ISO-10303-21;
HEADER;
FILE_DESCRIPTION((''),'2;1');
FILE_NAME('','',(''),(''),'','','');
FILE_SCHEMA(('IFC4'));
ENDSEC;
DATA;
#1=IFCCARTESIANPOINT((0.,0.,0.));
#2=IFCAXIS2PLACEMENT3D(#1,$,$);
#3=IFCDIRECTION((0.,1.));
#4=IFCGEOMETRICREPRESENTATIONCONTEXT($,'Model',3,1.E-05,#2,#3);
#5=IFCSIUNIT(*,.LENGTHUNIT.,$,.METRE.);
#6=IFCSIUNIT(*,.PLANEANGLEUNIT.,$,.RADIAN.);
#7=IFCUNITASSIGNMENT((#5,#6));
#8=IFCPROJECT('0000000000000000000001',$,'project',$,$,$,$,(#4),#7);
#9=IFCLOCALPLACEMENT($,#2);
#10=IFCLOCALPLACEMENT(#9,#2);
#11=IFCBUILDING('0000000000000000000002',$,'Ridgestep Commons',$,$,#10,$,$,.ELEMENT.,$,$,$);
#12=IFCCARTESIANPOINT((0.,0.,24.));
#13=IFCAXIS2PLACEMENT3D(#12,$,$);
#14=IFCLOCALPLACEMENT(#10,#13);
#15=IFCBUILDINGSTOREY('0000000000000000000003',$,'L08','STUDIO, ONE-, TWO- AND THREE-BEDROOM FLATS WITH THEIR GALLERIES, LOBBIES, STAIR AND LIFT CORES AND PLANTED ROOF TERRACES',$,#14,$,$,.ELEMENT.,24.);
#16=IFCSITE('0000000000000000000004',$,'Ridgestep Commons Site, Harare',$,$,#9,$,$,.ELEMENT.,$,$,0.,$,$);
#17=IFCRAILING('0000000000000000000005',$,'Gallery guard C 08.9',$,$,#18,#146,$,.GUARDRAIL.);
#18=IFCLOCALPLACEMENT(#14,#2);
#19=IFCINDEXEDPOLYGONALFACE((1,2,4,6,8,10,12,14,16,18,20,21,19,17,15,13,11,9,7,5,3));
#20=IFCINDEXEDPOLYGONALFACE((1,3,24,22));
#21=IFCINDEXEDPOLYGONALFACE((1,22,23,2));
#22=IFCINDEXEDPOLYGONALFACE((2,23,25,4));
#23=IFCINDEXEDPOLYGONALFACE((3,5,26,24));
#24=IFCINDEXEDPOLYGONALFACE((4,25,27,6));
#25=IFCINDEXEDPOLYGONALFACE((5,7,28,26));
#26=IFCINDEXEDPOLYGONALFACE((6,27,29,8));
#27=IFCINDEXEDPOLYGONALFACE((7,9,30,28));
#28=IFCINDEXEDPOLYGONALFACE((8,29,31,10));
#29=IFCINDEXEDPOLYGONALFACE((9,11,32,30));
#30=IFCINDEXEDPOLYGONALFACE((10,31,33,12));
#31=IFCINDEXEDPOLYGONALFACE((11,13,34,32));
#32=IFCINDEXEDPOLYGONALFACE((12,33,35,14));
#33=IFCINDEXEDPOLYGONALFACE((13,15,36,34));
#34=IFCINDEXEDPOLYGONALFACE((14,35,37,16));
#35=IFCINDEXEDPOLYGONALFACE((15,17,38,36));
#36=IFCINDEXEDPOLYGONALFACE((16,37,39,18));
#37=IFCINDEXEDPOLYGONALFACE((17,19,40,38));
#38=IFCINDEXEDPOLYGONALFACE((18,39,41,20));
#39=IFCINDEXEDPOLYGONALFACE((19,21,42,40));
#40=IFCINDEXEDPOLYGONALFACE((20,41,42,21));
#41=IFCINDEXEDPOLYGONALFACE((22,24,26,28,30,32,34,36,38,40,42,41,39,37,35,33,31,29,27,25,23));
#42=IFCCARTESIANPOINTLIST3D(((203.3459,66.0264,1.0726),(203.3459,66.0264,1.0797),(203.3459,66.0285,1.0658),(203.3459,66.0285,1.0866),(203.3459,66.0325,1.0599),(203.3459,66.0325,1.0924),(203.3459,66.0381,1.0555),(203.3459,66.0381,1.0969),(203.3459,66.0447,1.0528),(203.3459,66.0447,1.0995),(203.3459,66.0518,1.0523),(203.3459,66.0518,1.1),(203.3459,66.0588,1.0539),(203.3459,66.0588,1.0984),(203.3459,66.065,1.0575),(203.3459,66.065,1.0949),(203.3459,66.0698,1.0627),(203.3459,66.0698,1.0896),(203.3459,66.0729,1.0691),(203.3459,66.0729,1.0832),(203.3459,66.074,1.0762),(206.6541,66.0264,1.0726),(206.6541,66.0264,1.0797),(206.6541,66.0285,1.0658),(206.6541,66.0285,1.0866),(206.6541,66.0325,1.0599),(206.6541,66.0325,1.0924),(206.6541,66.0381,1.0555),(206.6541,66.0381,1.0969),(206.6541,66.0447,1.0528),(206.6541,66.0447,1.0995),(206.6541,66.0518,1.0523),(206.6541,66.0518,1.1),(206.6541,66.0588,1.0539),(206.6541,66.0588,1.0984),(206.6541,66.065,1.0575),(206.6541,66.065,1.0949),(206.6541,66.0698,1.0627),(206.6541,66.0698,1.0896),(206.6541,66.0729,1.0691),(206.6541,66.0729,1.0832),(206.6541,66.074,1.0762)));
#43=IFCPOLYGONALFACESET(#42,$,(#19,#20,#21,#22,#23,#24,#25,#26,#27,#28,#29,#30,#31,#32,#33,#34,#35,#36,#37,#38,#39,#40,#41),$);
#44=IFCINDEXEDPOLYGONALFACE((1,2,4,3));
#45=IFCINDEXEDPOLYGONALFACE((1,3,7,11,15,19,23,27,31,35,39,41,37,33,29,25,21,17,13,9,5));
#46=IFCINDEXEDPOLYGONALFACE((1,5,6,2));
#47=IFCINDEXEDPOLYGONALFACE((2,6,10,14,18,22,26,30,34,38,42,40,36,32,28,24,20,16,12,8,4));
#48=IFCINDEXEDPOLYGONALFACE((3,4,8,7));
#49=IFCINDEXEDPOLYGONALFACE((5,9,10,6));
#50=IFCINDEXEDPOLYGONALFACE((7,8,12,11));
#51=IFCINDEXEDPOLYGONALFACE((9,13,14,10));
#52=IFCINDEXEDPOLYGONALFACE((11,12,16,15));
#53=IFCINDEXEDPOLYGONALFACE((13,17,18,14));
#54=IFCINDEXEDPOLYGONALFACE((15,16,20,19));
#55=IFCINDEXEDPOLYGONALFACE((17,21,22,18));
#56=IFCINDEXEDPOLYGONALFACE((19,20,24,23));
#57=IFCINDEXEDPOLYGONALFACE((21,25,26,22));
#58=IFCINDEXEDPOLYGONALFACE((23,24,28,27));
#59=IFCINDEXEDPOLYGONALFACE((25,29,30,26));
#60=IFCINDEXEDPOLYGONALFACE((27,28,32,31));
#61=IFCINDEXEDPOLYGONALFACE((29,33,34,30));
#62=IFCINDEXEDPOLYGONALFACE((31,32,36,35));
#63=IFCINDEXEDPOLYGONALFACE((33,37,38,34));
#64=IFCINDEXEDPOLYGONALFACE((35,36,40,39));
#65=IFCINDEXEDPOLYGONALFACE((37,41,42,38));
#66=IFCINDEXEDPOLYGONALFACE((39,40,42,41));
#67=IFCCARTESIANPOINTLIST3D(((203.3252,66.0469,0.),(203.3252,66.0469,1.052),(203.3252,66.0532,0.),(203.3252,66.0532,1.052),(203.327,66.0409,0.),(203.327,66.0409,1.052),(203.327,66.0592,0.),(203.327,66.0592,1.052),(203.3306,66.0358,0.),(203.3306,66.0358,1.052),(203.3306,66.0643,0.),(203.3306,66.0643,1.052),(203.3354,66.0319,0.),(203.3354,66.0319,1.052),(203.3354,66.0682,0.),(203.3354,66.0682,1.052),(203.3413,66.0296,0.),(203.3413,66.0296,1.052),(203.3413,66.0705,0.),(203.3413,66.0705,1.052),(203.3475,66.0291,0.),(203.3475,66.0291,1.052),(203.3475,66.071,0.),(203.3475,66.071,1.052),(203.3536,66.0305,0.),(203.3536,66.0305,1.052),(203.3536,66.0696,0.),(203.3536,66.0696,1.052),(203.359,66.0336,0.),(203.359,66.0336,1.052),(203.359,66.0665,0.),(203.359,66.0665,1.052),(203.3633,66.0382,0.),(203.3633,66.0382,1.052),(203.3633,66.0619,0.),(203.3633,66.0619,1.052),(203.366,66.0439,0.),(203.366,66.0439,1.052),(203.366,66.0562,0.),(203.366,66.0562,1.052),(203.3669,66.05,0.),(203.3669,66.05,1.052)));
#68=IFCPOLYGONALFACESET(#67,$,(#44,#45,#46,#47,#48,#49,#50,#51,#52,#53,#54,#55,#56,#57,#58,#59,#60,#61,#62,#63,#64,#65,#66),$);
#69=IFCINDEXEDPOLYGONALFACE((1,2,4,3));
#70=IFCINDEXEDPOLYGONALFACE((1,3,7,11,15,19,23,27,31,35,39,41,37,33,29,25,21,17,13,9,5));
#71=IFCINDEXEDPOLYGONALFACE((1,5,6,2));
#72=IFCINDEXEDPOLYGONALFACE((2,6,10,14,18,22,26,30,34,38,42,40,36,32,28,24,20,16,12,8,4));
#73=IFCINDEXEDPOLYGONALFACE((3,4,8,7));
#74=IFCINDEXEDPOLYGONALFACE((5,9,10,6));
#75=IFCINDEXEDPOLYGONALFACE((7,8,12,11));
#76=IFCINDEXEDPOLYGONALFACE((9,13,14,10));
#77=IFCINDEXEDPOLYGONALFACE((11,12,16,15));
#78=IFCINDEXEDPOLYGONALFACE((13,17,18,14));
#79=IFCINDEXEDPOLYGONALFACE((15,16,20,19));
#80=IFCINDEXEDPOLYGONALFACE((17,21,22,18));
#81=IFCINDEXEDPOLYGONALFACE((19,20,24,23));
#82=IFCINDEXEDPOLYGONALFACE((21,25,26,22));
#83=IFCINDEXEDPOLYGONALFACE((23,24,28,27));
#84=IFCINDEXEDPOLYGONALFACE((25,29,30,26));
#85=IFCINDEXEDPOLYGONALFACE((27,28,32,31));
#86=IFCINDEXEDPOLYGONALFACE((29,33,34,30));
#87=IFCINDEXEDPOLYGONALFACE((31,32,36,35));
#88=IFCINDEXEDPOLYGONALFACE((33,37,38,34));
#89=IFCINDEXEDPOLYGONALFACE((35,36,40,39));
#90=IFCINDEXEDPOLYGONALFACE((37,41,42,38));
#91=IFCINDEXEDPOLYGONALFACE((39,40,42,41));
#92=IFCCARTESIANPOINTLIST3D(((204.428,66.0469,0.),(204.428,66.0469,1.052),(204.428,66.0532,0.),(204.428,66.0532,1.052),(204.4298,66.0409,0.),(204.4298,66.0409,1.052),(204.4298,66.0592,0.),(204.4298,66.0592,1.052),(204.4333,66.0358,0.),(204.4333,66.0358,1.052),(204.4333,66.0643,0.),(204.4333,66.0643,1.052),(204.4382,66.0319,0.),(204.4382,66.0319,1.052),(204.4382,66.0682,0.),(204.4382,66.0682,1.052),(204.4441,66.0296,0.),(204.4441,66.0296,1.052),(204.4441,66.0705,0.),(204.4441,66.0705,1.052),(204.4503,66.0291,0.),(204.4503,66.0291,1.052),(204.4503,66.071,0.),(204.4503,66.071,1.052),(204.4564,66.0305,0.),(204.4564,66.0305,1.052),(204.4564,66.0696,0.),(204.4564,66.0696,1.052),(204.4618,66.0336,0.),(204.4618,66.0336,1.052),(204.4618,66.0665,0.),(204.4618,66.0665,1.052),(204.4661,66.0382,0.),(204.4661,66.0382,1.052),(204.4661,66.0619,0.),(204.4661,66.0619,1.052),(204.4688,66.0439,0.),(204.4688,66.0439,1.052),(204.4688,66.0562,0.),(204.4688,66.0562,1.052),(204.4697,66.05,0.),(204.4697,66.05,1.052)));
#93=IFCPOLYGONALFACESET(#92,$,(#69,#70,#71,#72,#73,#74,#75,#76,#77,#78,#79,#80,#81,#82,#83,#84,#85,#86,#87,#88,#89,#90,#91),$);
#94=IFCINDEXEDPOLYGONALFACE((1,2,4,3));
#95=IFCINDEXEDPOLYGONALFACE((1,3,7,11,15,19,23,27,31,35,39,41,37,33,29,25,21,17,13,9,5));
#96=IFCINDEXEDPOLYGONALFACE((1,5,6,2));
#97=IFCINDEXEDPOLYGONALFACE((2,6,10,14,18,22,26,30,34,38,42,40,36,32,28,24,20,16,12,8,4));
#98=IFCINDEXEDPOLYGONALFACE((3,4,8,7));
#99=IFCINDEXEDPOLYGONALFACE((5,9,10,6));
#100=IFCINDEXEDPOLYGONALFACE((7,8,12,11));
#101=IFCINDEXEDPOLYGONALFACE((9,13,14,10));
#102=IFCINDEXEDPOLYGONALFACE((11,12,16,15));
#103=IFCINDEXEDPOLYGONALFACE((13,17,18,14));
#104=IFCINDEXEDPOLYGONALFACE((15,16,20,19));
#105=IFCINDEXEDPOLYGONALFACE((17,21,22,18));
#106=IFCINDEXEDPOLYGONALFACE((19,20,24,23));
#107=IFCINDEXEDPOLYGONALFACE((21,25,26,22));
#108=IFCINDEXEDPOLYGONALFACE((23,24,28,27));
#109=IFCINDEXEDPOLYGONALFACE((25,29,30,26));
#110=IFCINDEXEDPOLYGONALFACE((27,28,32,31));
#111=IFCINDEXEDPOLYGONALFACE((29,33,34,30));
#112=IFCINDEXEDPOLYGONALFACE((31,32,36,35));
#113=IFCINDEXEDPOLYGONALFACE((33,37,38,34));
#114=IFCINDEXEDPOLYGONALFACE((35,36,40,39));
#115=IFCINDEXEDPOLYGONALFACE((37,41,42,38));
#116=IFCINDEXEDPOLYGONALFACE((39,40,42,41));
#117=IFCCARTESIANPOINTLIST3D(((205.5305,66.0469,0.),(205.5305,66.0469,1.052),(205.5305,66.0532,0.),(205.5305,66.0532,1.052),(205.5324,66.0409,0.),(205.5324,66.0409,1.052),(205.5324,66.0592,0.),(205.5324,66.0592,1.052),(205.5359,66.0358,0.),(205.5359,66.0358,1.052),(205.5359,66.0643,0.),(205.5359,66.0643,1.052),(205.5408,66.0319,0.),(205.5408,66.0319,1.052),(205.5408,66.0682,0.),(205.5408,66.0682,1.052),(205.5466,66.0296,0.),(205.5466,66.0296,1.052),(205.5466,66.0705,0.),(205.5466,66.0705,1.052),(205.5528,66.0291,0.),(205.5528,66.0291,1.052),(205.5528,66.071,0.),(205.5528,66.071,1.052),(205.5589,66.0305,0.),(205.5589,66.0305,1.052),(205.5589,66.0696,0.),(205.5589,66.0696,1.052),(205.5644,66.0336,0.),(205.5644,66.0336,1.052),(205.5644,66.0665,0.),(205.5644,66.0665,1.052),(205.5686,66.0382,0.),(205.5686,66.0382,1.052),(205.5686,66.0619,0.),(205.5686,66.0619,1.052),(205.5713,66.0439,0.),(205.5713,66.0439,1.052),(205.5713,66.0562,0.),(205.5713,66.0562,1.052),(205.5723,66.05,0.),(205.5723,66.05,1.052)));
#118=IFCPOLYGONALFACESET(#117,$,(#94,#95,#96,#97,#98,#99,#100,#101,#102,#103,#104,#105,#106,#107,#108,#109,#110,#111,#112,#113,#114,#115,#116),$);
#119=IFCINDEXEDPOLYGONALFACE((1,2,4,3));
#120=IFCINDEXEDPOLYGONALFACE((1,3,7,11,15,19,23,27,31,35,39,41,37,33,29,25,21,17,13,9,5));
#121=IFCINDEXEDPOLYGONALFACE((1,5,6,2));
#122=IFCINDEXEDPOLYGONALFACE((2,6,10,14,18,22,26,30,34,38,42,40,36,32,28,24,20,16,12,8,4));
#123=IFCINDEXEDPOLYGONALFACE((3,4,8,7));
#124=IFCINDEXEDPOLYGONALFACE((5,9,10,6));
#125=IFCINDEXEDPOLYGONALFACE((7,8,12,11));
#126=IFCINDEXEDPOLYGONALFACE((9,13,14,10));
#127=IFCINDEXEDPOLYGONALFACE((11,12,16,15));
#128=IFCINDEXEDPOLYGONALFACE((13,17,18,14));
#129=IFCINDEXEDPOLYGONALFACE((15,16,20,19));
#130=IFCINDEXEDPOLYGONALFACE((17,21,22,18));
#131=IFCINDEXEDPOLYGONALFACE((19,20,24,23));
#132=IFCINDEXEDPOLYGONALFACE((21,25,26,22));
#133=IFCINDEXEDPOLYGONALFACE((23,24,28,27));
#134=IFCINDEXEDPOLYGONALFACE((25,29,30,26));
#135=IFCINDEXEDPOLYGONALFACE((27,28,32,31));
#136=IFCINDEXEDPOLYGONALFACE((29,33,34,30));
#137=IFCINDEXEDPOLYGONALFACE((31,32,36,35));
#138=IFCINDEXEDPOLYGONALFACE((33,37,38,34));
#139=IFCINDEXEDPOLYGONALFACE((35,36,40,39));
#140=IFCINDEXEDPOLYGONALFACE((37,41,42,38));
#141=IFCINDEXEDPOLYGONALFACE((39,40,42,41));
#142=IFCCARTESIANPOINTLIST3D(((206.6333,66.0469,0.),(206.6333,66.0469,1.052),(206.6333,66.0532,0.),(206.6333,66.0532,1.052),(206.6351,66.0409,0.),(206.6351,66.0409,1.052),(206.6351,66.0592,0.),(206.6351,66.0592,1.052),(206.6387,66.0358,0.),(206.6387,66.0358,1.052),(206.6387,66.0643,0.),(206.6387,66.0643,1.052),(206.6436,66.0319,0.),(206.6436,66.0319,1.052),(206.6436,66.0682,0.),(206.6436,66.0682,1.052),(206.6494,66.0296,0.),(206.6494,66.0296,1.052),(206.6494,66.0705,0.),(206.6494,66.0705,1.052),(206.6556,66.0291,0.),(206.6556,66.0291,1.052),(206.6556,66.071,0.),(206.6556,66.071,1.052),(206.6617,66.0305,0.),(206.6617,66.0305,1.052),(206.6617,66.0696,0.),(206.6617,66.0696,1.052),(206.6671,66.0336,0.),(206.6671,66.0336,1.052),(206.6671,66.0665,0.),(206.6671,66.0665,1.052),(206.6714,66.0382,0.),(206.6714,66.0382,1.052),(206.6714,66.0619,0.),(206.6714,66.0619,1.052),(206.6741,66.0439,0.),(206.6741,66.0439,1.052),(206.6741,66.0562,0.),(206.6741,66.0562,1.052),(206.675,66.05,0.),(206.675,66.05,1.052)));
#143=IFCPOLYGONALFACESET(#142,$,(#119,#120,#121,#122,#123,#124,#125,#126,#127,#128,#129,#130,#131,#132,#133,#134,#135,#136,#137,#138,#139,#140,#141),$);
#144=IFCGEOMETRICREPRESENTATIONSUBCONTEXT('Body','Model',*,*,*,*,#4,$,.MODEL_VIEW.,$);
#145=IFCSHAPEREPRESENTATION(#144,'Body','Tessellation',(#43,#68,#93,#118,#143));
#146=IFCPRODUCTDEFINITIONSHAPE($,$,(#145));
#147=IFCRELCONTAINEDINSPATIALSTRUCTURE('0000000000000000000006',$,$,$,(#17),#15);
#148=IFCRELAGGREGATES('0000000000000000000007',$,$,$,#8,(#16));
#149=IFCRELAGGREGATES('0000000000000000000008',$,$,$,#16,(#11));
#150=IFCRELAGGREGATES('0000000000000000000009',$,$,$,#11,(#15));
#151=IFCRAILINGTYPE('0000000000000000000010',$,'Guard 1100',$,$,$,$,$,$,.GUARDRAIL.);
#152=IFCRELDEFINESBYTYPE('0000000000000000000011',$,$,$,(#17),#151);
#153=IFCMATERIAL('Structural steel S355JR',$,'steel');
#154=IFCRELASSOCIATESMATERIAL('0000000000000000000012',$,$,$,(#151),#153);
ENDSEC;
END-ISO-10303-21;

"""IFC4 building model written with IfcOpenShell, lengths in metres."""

from ifc_helpers import new_model, si_unit, direction, frame, origin, origin_2d, place, context, subcontext, project, spatial, circle, extrude, material, type_object, element, save


model = new_model("IFC4")

# Units and contexts
model_context = context("Model", 3, precision=1e-05, world=origin(), true_north=direction((0.0, 1.0)))
body_context = subcontext(model_context, "Body", "Model", "MODEL_VIEW")
ifc_project = project(units=[si_unit("LENGTHUNIT", "METRE"), si_unit("PLANEANGLEUNIT", "RADIAN")], contexts=[model_context])

# Site, building, storey
site_placement = place(None, origin())
site = spatial("IfcSite", under=ifc_project, at=site_placement, Name="Ridgestep Commons Site, Harare", CompositionType="ELEMENT", RefElevation=0.0)
building_placement = place(site_placement, origin())
building = spatial("IfcBuilding", under=site, at=building_placement, Name="Ridgestep Commons", CompositionType="ELEMENT")
storey_placement = place(building_placement, frame((0.0, 0.0, 24.0)))
storey = spatial("IfcBuildingStorey", under=building, at=storey_placement, Name="L08", Description="STUDIO, ONE-, TWO- AND THREE-BEDROOM FLATS WITH THEIR GALLERIES, LOBBIES, STAIR AND LIFT CORES AND PLANTED ROOF TERRACES", CompositionType="ELEMENT", Elevation=24.0)

# Railing
ifc_material_1 = material(Name="Structural steel S355JR", Category="steel")
railing_type_1 = type_object("IfcRailingType", Name="Guard 1100", PredefinedType="GUARDRAIL", material=ifc_material_1)
railing_1_placement = place(storey_placement, frame((203.3459, 66.05, 0.0)))
element("IfcRailing", 1, at=railing_1_placement, inside=storey, type_object=railing_type_1, Name="Gallery guard C 08.9", PredefinedType="GUARDRAIL", context=body_context, shape_type="SweptSolid", body=[
    extrude(circle(Radius=0.0239, at=origin_2d()), frame((0.0, 0.0, 1.0762), z_axis=(1.0, 0.0, 0.0), x_axis=(0.0, 1.0, 0.0)), (0.0, 0.0, 1.0), 3.3081),
    extrude(circle(Radius=0.021, at=origin_2d()), origin(), (0.0, 0.0, 1.0), 1.052),
    extrude(circle(Radius=0.021, at=origin_2d()), frame((1.1028, 0.0, 0.0)), (0.0, 0.0, 1.0), 1.052),
    extrude(circle(Radius=0.021, at=origin_2d()), frame((2.2053, 0.0, 0.0)), (0.0, 0.0, 1.0), 1.052),
    extrude(circle(Radius=0.021, at=origin_2d()), frame((3.3081, 0.0, 0.0)), (0.0, 0.0, 1.0), 1.052),
])

save(model, "model.ifc")
